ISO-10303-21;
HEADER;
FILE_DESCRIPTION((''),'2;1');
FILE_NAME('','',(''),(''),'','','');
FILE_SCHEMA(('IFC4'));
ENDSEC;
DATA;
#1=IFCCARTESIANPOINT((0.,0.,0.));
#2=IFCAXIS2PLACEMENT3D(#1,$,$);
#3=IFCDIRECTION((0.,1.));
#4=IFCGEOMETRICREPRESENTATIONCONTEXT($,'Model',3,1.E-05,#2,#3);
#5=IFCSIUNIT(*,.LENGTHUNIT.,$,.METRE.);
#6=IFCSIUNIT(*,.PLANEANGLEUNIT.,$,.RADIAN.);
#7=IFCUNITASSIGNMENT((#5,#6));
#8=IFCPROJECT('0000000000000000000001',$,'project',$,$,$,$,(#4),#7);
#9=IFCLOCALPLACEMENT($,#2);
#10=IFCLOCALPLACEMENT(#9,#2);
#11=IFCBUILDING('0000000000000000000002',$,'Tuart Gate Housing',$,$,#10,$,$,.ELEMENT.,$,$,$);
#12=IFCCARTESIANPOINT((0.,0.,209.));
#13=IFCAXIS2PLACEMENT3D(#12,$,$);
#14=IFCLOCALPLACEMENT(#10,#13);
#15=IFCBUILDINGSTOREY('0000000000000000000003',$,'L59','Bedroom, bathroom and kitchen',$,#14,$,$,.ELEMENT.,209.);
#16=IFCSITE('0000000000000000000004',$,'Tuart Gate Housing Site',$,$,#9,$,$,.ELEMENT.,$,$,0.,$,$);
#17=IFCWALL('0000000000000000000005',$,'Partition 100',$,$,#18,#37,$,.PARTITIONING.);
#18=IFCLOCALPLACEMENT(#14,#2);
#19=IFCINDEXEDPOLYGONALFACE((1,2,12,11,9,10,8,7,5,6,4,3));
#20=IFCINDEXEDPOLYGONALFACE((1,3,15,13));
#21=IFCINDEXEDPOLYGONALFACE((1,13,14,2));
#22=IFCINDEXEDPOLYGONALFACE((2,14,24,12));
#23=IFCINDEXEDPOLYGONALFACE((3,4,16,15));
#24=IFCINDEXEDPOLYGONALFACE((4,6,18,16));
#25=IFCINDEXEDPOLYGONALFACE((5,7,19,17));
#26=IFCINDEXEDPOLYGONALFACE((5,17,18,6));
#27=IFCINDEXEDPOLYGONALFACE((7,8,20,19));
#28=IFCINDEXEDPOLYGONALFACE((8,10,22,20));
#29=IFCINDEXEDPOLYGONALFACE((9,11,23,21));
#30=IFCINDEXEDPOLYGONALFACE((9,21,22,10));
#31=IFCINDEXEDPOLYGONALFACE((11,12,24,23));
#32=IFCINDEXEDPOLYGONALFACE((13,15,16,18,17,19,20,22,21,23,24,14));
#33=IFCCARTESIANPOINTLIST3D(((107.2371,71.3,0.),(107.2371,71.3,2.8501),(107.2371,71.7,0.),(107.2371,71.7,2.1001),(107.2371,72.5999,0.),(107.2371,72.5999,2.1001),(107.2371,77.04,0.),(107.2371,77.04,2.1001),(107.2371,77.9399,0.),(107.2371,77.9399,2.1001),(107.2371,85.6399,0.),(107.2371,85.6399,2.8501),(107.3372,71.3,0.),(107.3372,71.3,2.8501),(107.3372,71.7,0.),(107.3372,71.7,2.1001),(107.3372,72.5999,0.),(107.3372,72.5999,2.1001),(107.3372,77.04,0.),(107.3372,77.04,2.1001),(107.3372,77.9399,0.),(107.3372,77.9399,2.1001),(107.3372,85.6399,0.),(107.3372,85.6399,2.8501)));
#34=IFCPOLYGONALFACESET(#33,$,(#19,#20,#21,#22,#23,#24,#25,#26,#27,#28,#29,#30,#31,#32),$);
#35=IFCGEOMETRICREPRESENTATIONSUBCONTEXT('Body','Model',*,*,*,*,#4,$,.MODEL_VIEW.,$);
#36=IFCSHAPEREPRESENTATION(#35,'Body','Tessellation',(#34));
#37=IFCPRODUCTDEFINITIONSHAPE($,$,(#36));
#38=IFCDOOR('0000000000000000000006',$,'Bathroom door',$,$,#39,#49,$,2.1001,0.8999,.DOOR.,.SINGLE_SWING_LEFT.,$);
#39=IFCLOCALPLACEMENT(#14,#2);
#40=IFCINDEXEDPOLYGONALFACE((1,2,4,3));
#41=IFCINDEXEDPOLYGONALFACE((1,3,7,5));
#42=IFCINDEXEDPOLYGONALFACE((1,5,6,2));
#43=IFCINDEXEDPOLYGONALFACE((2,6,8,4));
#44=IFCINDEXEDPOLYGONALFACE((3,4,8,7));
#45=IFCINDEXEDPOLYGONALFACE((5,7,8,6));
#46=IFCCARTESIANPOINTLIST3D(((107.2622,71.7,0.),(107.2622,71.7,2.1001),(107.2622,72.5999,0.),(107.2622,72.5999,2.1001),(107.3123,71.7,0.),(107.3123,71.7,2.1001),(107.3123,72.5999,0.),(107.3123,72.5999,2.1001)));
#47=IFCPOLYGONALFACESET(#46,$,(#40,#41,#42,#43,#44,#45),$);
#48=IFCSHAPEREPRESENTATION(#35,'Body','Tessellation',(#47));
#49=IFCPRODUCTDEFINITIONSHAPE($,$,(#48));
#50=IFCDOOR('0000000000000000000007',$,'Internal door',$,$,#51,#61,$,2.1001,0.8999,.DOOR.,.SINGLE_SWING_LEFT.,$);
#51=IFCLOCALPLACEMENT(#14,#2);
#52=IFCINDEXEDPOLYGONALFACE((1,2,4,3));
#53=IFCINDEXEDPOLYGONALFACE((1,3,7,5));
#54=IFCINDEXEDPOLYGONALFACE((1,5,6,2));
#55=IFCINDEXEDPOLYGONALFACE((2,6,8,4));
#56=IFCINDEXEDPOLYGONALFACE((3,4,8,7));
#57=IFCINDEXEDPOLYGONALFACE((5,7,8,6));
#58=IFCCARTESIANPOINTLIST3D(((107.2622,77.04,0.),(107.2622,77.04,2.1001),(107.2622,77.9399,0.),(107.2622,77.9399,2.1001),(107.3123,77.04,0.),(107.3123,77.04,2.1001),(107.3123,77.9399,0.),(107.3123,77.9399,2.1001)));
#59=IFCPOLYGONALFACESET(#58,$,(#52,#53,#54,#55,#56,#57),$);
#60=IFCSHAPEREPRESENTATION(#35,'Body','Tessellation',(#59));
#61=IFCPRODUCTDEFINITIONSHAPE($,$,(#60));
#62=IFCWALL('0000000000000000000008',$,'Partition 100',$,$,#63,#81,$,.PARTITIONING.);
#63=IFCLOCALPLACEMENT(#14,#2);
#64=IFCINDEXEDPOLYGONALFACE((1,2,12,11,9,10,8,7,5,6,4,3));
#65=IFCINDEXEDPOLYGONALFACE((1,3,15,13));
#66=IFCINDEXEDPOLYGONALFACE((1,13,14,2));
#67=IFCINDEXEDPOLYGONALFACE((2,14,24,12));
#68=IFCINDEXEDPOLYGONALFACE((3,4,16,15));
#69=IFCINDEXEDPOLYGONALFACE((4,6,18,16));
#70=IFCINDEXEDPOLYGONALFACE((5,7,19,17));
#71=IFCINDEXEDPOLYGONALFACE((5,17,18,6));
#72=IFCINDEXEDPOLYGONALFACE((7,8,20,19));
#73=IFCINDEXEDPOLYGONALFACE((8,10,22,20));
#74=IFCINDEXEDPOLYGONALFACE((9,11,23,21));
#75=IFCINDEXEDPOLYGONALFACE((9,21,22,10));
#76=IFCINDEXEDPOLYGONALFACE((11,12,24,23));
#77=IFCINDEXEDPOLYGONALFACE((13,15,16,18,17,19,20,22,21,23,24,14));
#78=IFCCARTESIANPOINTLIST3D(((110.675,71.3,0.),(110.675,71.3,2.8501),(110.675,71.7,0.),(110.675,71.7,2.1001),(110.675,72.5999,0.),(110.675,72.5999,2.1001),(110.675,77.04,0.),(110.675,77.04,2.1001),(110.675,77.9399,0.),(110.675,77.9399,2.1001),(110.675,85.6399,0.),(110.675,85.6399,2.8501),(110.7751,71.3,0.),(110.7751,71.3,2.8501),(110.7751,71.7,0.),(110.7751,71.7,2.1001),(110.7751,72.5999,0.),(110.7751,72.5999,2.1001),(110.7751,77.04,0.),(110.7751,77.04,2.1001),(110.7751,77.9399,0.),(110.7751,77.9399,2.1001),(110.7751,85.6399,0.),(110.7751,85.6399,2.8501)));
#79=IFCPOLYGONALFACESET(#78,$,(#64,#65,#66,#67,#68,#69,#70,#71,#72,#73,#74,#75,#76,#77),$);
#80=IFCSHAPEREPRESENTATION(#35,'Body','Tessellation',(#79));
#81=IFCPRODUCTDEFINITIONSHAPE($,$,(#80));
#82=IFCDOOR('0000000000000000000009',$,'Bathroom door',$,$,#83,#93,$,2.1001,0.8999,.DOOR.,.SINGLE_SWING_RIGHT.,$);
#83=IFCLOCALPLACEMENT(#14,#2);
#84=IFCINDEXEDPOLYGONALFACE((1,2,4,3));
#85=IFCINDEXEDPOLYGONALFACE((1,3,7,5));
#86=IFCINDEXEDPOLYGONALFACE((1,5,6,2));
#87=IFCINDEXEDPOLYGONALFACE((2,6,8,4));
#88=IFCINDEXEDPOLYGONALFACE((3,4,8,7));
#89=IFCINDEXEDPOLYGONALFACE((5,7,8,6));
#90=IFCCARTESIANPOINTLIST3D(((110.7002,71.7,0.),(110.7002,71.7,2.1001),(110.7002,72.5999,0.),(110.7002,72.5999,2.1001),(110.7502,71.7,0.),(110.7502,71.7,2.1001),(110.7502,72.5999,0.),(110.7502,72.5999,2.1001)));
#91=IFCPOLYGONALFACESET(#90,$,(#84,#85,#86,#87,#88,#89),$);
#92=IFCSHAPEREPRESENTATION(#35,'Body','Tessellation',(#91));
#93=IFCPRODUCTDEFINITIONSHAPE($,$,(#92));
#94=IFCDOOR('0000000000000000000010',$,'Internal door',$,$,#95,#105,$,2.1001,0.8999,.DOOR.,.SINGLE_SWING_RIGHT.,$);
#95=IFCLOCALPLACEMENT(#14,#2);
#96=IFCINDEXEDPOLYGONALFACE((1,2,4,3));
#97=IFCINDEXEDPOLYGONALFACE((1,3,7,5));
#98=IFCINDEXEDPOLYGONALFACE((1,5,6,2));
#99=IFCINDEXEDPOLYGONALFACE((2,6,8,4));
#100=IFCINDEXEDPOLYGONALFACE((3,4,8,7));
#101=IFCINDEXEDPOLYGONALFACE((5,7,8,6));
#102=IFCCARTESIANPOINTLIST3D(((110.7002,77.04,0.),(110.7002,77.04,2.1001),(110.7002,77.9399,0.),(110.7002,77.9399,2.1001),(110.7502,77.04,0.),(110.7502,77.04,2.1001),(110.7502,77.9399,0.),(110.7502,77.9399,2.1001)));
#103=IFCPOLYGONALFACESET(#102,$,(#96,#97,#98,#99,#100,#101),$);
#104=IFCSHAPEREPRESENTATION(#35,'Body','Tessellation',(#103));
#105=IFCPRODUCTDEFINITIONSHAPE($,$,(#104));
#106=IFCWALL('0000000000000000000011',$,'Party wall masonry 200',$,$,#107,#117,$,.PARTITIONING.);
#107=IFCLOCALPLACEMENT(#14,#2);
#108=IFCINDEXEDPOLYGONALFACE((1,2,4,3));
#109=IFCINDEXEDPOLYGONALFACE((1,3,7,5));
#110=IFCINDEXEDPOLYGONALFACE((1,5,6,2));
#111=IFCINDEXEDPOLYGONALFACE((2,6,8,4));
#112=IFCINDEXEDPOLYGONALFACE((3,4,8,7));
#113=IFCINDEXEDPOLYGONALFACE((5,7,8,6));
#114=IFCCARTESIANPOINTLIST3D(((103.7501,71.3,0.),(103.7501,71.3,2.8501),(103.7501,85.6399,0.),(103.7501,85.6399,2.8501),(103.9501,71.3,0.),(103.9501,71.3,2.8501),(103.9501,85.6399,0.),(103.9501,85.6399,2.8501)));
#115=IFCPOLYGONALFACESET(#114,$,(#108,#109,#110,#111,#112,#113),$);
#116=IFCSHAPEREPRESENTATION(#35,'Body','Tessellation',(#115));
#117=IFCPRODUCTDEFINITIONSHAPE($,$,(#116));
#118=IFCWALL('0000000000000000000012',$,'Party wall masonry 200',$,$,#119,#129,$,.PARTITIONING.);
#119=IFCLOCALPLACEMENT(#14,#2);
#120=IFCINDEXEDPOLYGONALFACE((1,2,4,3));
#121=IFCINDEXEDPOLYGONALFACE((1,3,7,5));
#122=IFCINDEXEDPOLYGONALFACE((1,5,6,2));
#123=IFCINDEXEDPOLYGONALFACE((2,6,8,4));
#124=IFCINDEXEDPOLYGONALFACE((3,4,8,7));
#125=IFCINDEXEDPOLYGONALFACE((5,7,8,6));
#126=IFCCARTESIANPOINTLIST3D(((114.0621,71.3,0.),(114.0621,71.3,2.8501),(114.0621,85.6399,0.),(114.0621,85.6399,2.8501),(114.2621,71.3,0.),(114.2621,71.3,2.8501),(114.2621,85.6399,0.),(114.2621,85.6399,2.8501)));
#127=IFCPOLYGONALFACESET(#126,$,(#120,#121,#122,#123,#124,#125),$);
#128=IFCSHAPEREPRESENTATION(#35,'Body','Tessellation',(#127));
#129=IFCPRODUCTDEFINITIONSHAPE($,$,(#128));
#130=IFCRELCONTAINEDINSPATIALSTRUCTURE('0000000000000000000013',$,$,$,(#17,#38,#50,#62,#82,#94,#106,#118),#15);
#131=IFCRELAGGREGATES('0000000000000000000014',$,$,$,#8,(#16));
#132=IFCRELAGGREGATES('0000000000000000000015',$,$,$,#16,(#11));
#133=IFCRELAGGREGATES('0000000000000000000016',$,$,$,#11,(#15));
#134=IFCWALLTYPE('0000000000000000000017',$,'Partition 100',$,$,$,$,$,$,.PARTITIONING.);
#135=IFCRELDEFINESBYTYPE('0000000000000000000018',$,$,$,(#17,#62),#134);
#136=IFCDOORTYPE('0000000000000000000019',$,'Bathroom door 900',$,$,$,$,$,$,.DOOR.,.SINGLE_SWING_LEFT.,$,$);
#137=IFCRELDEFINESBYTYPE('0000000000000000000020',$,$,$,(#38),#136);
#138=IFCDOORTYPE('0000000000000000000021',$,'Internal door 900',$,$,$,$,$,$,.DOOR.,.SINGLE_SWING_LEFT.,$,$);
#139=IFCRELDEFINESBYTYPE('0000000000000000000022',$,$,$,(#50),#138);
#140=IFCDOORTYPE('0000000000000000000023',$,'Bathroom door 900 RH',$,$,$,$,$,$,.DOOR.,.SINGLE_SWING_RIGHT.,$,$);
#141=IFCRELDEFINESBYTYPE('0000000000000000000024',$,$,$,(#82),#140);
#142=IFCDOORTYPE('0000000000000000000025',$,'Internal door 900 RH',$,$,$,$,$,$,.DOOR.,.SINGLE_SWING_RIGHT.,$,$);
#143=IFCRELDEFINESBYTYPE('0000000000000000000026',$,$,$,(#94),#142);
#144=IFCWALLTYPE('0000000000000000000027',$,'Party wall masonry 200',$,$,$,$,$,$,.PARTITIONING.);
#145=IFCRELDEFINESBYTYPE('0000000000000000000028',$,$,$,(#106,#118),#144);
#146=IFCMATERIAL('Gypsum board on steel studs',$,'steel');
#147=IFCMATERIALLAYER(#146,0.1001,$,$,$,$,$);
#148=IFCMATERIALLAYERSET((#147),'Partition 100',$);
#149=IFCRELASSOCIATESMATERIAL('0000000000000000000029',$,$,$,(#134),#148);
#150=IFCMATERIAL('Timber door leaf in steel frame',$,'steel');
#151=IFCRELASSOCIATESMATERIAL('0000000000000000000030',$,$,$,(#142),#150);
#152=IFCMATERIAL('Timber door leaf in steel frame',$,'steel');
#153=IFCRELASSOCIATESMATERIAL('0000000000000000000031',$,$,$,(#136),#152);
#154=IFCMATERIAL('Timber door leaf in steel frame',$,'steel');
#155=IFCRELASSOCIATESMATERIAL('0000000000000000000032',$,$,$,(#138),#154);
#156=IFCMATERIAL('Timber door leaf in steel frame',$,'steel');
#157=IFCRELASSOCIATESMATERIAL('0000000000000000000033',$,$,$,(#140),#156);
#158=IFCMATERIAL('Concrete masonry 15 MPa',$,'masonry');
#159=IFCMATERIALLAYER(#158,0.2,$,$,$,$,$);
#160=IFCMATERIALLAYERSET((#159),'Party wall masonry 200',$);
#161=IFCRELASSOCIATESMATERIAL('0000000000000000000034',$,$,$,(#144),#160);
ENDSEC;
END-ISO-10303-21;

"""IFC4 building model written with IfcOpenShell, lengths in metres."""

from ifc_helpers import new_model, si_unit, direction, frame, frame_2d, origin, place, context, subcontext, project, spatial, rectangle, extrude, material, layer, layer_set, type_object, element, fill, save


model = new_model("IFC4")

# Units and contexts
model_context = context("Model", 3, precision=1e-05, world=origin(), true_north=direction((0.0, 1.0)))
body_context = subcontext(model_context, "Body", "Model", "MODEL_VIEW")
ifc_project = project(units=[si_unit("LENGTHUNIT", "METRE"), si_unit("PLANEANGLEUNIT", "RADIAN")], contexts=[model_context])

# Site, building, storey
site_placement = place(None, origin())
site = spatial("IfcSite", under=ifc_project, at=site_placement, Name="Tuart Gate Housing Site", CompositionType="ELEMENT", RefElevation=0.0)
building_placement = place(site_placement, origin())
building = spatial("IfcBuilding", under=site, at=building_placement, Name="Tuart Gate Housing", CompositionType="ELEMENT")
storey_placement = place(building_placement, frame((0.0, 0.0, 209.0)))
storey = spatial("IfcBuildingStorey", under=building, at=storey_placement, Name="L59", Description="Bedroom, bathroom and kitchen", CompositionType="ELEMENT", Elevation=209.0)

# Shared definitions
ifc_material_1 = material(Name="Gypsum board on steel studs", Category="steel")
ifc_layer_1 = layer(ifc_material_1, 0.1001)
ifc_layer_set_1 = layer_set([ifc_layer_1], Name="Partition 100")
wall_type_1 = type_object("IfcWallType", Name="Partition 100", PredefinedType="PARTITIONING", material=ifc_layer_set_1)

# Shared definitions
ifc_material_2 = material(Name="Timber door leaf in steel frame", Category="steel")
door_type_1 = type_object("IfcDoorType", Name="Internal door 900 RH", OperationType="SINGLE_SWING_RIGHT", PredefinedType="DOOR", material=ifc_material_2)

# Walls, openings, doors
ifc_material_3 = material(Name="Timber door leaf in steel frame", Category="steel")
door_type_2 = type_object("IfcDoorType", Name="Bathroom door 900", OperationType="SINGLE_SWING_LEFT", PredefinedType="DOOR", material=ifc_material_3)
ifc_material_4 = material(Name="Timber door leaf in steel frame", Category="steel")
door_type_3 = type_object("IfcDoorType", Name="Internal door 900", OperationType="SINGLE_SWING_LEFT", PredefinedType="DOOR", material=ifc_material_4)
ifc_material_5 = material(Name="Timber door leaf in steel frame", Category="steel")
door_type_4 = type_object("IfcDoorType", Name="Bathroom door 900 RH", OperationType="SINGLE_SWING_RIGHT", PredefinedType="DOOR", material=ifc_material_5)
wall_1_placement = place(storey_placement, frame((107.2871, 71.3, 0.0), z_axis=(0.0, 0.0, 1.0), x_axis=(0.0, 1.0, 0.0)))
wall_1 = element("IfcWall", 1, at=wall_1_placement, inside=storey, type_object=wall_type_1, Name="Partition 100", PredefinedType="PARTITIONING", context=body_context, shape_type="SweptSolid", body=[
    extrude(rectangle(XDim=14.3398, YDim=0.1001, at=frame_2d((7.1699, 0.0))), origin(), (0.0, 0.0, 1.0), 2.8501),
])
opening_1_placement = place(wall_1_placement, frame((5.74, 0.0, 0.0)))
opening_1 = element("IfcOpeningElement", 2, at=opening_1_placement, cuts=wall_1, PredefinedType="OPENING", context=body_context, shape_type="SweptSolid", body=[
    extrude(rectangle(XDim=0.8999, YDim=2.1001, at=frame_2d((0.45, 1.05))), frame((0.0, 0.0601, 0.0), z_axis=(0.0, -1.0, 0.0), x_axis=(1.0, 0.0, 0.0)), (0.0, 0.0, 1.0), 0.1201),
])
opening_2_placement = place(wall_1_placement, frame((0.3999, 0.0, 0.0)))
opening_2 = element("IfcOpeningElement", 3, at=opening_2_placement, cuts=wall_1, PredefinedType="OPENING", context=body_context, shape_type="SweptSolid", body=[
    extrude(rectangle(XDim=0.8999, YDim=2.1001, at=frame_2d((0.45, 1.05))), frame((0.0, 0.0601, 0.0), z_axis=(0.0, -1.0, 0.0), x_axis=(1.0, 0.0, 0.0)), (0.0, 0.0, 1.0), 0.1201),
])
door_1_placement = place(opening_2_placement, origin())
door_1 = element("IfcDoor", 4, at=door_1_placement, inside=storey, type_object=door_type_2, Name="Bathroom door", OperationType="SINGLE_SWING_LEFT", OverallHeight=2.1001, OverallWidth=0.8999, PredefinedType="DOOR", context=body_context, shape_type="SweptSolid", body=[
    extrude(rectangle(XDim=0.8999, YDim=2.1001, at=frame_2d((0.45, 1.05))), frame((0.0, 0.0249, 0.0), z_axis=(0.0, -1.0, 0.0), x_axis=(1.0, 0.0, 0.0)), (0.0, 0.0, 1.0), 0.05),
])
fill(opening_2, door_1)
door_2_placement = place(opening_1_placement, origin())
door_2 = element("IfcDoor", 5, at=door_2_placement, inside=storey, type_object=door_type_3, Name="Internal door", OperationType="SINGLE_SWING_LEFT", OverallHeight=2.1001, OverallWidth=0.8999, PredefinedType="DOOR", context=body_context, shape_type="SweptSolid", body=[
    extrude(rectangle(XDim=0.8999, YDim=2.1001, at=frame_2d((0.45, 1.05))), frame((0.0, 0.0249, 0.0), z_axis=(0.0, -1.0, 0.0), x_axis=(1.0, 0.0, 0.0)), (0.0, 0.0, 1.0), 0.05),
])
fill(opening_1, door_2)
wall_2_placement = place(storey_placement, frame((110.7251, 71.3, 0.0), z_axis=(0.0, 0.0, 1.0), x_axis=(0.0, 1.0, 0.0)))
wall_2 = element("IfcWall", 6, at=wall_2_placement, inside=storey, type_object=wall_type_1, Name="Partition 100", PredefinedType="PARTITIONING", context=body_context, shape_type="SweptSolid", body=[
    extrude(rectangle(XDim=14.3398, YDim=0.1001, at=frame_2d((7.1699, 0.0))), origin(), (0.0, 0.0, 1.0), 2.8501),
])
opening_3_placement = place(wall_2_placement, frame((5.74, 0.0, 0.0)))
opening_3 = element("IfcOpeningElement", 7, at=opening_3_placement, cuts=wall_2, PredefinedType="OPENING", context=body_context, shape_type="SweptSolid", body=[
    extrude(rectangle(XDim=0.8999, YDim=2.1001, at=frame_2d((0.45, 1.05))), frame((0.0, 0.0601, 0.0), z_axis=(0.0, -1.0, 0.0), x_axis=(1.0, 0.0, 0.0)), (0.0, 0.0, 1.0), 0.1201),
])
opening_4_placement = place(wall_2_placement, frame((0.3999, 0.0, 0.0)))
opening_4 = element("IfcOpeningElement", 8, at=opening_4_placement, cuts=wall_2, PredefinedType="OPENING", context=body_context, shape_type="SweptSolid", body=[
    extrude(rectangle(XDim=0.8999, YDim=2.1001, at=frame_2d((0.45, 1.05))), frame((0.0, 0.0601, 0.0), z_axis=(0.0, -1.0, 0.0), x_axis=(1.0, 0.0, 0.0)), (0.0, 0.0, 1.0), 0.1201),
])
door_3_placement = place(opening_4_placement, frame((0.8999, 0.0, 0.0), z_axis=(0.0, 0.0, 1.0), x_axis=(-1.0, 0.0, 0.0)))
door_3 = element("IfcDoor", 9, at=door_3_placement, inside=storey, type_object=door_type_4, Name="Bathroom door", OperationType="SINGLE_SWING_RIGHT", OverallHeight=2.1001, OverallWidth=0.8999, PredefinedType="DOOR", context=body_context, shape_type="SweptSolid", body=[
    extrude(rectangle(XDim=0.8999, YDim=2.1001, at=frame_2d((0.45, 1.05))), frame((0.0, 0.0251, 0.0), z_axis=(0.0, -1.0, 0.0), x_axis=(1.0, 0.0, 0.0)), (0.0, 0.0, 1.0), 0.05),
])
fill(opening_4, door_3)
door_4_placement = place(opening_3_placement, frame((0.8999, 0.0, 0.0), z_axis=(0.0, 0.0, 1.0), x_axis=(-1.0, 0.0, 0.0)))
door_4 = element("IfcDoor", 10, at=door_4_placement, inside=storey, type_object=door_type_1, Name="Internal door", OperationType="SINGLE_SWING_RIGHT", OverallHeight=2.1001, OverallWidth=0.8999, PredefinedType="DOOR", context=body_context, shape_type="SweptSolid", body=[
    extrude(rectangle(XDim=0.8999, YDim=2.1001, at=frame_2d((0.45, 1.05))), frame((0.0, 0.0251, 0.0), z_axis=(0.0, -1.0, 0.0), x_axis=(1.0, 0.0, 0.0)), (0.0, 0.0, 1.0), 0.05),
])
fill(opening_3, door_4)

# Walls
ifc_material_6 = material(Name="Concrete masonry 15 MPa", Category="masonry")
ifc_layer_2 = layer(ifc_material_6, 0.2)
ifc_layer_set_2 = layer_set([ifc_layer_2], Name="Party wall masonry 200")
wall_type_2 = type_object("IfcWallType", Name="Party wall masonry 200", PredefinedType="PARTITIONING", material=ifc_layer_set_2)
for number, where, z_axis, x_axis, name in (
    (11, (103.8501, 71.3, 0.0), (0.0, 0.0, 1.0), (0.0, 1.0, 0.0), "Party wall masonry 200"),
    (12, (114.1621, 71.3, 0.0), (0.0, 0.0, 1.0), (0.0, 1.0, 0.0), "Party wall masonry 200"),
):
    element("IfcWall", number, at=place(storey_placement, frame(where, z_axis=z_axis, x_axis=x_axis)), inside=storey, type_object=wall_type_2, Name=name, PredefinedType="PARTITIONING", context=body_context, shape_type="SweptSolid", body=[
        extrude(rectangle(XDim=14.3398, YDim=0.2, at=frame_2d((7.1699, 0.0))), origin(), (0.0, 0.0, 1.0), 2.8501),
    ])

save(model, "model.ifc")
